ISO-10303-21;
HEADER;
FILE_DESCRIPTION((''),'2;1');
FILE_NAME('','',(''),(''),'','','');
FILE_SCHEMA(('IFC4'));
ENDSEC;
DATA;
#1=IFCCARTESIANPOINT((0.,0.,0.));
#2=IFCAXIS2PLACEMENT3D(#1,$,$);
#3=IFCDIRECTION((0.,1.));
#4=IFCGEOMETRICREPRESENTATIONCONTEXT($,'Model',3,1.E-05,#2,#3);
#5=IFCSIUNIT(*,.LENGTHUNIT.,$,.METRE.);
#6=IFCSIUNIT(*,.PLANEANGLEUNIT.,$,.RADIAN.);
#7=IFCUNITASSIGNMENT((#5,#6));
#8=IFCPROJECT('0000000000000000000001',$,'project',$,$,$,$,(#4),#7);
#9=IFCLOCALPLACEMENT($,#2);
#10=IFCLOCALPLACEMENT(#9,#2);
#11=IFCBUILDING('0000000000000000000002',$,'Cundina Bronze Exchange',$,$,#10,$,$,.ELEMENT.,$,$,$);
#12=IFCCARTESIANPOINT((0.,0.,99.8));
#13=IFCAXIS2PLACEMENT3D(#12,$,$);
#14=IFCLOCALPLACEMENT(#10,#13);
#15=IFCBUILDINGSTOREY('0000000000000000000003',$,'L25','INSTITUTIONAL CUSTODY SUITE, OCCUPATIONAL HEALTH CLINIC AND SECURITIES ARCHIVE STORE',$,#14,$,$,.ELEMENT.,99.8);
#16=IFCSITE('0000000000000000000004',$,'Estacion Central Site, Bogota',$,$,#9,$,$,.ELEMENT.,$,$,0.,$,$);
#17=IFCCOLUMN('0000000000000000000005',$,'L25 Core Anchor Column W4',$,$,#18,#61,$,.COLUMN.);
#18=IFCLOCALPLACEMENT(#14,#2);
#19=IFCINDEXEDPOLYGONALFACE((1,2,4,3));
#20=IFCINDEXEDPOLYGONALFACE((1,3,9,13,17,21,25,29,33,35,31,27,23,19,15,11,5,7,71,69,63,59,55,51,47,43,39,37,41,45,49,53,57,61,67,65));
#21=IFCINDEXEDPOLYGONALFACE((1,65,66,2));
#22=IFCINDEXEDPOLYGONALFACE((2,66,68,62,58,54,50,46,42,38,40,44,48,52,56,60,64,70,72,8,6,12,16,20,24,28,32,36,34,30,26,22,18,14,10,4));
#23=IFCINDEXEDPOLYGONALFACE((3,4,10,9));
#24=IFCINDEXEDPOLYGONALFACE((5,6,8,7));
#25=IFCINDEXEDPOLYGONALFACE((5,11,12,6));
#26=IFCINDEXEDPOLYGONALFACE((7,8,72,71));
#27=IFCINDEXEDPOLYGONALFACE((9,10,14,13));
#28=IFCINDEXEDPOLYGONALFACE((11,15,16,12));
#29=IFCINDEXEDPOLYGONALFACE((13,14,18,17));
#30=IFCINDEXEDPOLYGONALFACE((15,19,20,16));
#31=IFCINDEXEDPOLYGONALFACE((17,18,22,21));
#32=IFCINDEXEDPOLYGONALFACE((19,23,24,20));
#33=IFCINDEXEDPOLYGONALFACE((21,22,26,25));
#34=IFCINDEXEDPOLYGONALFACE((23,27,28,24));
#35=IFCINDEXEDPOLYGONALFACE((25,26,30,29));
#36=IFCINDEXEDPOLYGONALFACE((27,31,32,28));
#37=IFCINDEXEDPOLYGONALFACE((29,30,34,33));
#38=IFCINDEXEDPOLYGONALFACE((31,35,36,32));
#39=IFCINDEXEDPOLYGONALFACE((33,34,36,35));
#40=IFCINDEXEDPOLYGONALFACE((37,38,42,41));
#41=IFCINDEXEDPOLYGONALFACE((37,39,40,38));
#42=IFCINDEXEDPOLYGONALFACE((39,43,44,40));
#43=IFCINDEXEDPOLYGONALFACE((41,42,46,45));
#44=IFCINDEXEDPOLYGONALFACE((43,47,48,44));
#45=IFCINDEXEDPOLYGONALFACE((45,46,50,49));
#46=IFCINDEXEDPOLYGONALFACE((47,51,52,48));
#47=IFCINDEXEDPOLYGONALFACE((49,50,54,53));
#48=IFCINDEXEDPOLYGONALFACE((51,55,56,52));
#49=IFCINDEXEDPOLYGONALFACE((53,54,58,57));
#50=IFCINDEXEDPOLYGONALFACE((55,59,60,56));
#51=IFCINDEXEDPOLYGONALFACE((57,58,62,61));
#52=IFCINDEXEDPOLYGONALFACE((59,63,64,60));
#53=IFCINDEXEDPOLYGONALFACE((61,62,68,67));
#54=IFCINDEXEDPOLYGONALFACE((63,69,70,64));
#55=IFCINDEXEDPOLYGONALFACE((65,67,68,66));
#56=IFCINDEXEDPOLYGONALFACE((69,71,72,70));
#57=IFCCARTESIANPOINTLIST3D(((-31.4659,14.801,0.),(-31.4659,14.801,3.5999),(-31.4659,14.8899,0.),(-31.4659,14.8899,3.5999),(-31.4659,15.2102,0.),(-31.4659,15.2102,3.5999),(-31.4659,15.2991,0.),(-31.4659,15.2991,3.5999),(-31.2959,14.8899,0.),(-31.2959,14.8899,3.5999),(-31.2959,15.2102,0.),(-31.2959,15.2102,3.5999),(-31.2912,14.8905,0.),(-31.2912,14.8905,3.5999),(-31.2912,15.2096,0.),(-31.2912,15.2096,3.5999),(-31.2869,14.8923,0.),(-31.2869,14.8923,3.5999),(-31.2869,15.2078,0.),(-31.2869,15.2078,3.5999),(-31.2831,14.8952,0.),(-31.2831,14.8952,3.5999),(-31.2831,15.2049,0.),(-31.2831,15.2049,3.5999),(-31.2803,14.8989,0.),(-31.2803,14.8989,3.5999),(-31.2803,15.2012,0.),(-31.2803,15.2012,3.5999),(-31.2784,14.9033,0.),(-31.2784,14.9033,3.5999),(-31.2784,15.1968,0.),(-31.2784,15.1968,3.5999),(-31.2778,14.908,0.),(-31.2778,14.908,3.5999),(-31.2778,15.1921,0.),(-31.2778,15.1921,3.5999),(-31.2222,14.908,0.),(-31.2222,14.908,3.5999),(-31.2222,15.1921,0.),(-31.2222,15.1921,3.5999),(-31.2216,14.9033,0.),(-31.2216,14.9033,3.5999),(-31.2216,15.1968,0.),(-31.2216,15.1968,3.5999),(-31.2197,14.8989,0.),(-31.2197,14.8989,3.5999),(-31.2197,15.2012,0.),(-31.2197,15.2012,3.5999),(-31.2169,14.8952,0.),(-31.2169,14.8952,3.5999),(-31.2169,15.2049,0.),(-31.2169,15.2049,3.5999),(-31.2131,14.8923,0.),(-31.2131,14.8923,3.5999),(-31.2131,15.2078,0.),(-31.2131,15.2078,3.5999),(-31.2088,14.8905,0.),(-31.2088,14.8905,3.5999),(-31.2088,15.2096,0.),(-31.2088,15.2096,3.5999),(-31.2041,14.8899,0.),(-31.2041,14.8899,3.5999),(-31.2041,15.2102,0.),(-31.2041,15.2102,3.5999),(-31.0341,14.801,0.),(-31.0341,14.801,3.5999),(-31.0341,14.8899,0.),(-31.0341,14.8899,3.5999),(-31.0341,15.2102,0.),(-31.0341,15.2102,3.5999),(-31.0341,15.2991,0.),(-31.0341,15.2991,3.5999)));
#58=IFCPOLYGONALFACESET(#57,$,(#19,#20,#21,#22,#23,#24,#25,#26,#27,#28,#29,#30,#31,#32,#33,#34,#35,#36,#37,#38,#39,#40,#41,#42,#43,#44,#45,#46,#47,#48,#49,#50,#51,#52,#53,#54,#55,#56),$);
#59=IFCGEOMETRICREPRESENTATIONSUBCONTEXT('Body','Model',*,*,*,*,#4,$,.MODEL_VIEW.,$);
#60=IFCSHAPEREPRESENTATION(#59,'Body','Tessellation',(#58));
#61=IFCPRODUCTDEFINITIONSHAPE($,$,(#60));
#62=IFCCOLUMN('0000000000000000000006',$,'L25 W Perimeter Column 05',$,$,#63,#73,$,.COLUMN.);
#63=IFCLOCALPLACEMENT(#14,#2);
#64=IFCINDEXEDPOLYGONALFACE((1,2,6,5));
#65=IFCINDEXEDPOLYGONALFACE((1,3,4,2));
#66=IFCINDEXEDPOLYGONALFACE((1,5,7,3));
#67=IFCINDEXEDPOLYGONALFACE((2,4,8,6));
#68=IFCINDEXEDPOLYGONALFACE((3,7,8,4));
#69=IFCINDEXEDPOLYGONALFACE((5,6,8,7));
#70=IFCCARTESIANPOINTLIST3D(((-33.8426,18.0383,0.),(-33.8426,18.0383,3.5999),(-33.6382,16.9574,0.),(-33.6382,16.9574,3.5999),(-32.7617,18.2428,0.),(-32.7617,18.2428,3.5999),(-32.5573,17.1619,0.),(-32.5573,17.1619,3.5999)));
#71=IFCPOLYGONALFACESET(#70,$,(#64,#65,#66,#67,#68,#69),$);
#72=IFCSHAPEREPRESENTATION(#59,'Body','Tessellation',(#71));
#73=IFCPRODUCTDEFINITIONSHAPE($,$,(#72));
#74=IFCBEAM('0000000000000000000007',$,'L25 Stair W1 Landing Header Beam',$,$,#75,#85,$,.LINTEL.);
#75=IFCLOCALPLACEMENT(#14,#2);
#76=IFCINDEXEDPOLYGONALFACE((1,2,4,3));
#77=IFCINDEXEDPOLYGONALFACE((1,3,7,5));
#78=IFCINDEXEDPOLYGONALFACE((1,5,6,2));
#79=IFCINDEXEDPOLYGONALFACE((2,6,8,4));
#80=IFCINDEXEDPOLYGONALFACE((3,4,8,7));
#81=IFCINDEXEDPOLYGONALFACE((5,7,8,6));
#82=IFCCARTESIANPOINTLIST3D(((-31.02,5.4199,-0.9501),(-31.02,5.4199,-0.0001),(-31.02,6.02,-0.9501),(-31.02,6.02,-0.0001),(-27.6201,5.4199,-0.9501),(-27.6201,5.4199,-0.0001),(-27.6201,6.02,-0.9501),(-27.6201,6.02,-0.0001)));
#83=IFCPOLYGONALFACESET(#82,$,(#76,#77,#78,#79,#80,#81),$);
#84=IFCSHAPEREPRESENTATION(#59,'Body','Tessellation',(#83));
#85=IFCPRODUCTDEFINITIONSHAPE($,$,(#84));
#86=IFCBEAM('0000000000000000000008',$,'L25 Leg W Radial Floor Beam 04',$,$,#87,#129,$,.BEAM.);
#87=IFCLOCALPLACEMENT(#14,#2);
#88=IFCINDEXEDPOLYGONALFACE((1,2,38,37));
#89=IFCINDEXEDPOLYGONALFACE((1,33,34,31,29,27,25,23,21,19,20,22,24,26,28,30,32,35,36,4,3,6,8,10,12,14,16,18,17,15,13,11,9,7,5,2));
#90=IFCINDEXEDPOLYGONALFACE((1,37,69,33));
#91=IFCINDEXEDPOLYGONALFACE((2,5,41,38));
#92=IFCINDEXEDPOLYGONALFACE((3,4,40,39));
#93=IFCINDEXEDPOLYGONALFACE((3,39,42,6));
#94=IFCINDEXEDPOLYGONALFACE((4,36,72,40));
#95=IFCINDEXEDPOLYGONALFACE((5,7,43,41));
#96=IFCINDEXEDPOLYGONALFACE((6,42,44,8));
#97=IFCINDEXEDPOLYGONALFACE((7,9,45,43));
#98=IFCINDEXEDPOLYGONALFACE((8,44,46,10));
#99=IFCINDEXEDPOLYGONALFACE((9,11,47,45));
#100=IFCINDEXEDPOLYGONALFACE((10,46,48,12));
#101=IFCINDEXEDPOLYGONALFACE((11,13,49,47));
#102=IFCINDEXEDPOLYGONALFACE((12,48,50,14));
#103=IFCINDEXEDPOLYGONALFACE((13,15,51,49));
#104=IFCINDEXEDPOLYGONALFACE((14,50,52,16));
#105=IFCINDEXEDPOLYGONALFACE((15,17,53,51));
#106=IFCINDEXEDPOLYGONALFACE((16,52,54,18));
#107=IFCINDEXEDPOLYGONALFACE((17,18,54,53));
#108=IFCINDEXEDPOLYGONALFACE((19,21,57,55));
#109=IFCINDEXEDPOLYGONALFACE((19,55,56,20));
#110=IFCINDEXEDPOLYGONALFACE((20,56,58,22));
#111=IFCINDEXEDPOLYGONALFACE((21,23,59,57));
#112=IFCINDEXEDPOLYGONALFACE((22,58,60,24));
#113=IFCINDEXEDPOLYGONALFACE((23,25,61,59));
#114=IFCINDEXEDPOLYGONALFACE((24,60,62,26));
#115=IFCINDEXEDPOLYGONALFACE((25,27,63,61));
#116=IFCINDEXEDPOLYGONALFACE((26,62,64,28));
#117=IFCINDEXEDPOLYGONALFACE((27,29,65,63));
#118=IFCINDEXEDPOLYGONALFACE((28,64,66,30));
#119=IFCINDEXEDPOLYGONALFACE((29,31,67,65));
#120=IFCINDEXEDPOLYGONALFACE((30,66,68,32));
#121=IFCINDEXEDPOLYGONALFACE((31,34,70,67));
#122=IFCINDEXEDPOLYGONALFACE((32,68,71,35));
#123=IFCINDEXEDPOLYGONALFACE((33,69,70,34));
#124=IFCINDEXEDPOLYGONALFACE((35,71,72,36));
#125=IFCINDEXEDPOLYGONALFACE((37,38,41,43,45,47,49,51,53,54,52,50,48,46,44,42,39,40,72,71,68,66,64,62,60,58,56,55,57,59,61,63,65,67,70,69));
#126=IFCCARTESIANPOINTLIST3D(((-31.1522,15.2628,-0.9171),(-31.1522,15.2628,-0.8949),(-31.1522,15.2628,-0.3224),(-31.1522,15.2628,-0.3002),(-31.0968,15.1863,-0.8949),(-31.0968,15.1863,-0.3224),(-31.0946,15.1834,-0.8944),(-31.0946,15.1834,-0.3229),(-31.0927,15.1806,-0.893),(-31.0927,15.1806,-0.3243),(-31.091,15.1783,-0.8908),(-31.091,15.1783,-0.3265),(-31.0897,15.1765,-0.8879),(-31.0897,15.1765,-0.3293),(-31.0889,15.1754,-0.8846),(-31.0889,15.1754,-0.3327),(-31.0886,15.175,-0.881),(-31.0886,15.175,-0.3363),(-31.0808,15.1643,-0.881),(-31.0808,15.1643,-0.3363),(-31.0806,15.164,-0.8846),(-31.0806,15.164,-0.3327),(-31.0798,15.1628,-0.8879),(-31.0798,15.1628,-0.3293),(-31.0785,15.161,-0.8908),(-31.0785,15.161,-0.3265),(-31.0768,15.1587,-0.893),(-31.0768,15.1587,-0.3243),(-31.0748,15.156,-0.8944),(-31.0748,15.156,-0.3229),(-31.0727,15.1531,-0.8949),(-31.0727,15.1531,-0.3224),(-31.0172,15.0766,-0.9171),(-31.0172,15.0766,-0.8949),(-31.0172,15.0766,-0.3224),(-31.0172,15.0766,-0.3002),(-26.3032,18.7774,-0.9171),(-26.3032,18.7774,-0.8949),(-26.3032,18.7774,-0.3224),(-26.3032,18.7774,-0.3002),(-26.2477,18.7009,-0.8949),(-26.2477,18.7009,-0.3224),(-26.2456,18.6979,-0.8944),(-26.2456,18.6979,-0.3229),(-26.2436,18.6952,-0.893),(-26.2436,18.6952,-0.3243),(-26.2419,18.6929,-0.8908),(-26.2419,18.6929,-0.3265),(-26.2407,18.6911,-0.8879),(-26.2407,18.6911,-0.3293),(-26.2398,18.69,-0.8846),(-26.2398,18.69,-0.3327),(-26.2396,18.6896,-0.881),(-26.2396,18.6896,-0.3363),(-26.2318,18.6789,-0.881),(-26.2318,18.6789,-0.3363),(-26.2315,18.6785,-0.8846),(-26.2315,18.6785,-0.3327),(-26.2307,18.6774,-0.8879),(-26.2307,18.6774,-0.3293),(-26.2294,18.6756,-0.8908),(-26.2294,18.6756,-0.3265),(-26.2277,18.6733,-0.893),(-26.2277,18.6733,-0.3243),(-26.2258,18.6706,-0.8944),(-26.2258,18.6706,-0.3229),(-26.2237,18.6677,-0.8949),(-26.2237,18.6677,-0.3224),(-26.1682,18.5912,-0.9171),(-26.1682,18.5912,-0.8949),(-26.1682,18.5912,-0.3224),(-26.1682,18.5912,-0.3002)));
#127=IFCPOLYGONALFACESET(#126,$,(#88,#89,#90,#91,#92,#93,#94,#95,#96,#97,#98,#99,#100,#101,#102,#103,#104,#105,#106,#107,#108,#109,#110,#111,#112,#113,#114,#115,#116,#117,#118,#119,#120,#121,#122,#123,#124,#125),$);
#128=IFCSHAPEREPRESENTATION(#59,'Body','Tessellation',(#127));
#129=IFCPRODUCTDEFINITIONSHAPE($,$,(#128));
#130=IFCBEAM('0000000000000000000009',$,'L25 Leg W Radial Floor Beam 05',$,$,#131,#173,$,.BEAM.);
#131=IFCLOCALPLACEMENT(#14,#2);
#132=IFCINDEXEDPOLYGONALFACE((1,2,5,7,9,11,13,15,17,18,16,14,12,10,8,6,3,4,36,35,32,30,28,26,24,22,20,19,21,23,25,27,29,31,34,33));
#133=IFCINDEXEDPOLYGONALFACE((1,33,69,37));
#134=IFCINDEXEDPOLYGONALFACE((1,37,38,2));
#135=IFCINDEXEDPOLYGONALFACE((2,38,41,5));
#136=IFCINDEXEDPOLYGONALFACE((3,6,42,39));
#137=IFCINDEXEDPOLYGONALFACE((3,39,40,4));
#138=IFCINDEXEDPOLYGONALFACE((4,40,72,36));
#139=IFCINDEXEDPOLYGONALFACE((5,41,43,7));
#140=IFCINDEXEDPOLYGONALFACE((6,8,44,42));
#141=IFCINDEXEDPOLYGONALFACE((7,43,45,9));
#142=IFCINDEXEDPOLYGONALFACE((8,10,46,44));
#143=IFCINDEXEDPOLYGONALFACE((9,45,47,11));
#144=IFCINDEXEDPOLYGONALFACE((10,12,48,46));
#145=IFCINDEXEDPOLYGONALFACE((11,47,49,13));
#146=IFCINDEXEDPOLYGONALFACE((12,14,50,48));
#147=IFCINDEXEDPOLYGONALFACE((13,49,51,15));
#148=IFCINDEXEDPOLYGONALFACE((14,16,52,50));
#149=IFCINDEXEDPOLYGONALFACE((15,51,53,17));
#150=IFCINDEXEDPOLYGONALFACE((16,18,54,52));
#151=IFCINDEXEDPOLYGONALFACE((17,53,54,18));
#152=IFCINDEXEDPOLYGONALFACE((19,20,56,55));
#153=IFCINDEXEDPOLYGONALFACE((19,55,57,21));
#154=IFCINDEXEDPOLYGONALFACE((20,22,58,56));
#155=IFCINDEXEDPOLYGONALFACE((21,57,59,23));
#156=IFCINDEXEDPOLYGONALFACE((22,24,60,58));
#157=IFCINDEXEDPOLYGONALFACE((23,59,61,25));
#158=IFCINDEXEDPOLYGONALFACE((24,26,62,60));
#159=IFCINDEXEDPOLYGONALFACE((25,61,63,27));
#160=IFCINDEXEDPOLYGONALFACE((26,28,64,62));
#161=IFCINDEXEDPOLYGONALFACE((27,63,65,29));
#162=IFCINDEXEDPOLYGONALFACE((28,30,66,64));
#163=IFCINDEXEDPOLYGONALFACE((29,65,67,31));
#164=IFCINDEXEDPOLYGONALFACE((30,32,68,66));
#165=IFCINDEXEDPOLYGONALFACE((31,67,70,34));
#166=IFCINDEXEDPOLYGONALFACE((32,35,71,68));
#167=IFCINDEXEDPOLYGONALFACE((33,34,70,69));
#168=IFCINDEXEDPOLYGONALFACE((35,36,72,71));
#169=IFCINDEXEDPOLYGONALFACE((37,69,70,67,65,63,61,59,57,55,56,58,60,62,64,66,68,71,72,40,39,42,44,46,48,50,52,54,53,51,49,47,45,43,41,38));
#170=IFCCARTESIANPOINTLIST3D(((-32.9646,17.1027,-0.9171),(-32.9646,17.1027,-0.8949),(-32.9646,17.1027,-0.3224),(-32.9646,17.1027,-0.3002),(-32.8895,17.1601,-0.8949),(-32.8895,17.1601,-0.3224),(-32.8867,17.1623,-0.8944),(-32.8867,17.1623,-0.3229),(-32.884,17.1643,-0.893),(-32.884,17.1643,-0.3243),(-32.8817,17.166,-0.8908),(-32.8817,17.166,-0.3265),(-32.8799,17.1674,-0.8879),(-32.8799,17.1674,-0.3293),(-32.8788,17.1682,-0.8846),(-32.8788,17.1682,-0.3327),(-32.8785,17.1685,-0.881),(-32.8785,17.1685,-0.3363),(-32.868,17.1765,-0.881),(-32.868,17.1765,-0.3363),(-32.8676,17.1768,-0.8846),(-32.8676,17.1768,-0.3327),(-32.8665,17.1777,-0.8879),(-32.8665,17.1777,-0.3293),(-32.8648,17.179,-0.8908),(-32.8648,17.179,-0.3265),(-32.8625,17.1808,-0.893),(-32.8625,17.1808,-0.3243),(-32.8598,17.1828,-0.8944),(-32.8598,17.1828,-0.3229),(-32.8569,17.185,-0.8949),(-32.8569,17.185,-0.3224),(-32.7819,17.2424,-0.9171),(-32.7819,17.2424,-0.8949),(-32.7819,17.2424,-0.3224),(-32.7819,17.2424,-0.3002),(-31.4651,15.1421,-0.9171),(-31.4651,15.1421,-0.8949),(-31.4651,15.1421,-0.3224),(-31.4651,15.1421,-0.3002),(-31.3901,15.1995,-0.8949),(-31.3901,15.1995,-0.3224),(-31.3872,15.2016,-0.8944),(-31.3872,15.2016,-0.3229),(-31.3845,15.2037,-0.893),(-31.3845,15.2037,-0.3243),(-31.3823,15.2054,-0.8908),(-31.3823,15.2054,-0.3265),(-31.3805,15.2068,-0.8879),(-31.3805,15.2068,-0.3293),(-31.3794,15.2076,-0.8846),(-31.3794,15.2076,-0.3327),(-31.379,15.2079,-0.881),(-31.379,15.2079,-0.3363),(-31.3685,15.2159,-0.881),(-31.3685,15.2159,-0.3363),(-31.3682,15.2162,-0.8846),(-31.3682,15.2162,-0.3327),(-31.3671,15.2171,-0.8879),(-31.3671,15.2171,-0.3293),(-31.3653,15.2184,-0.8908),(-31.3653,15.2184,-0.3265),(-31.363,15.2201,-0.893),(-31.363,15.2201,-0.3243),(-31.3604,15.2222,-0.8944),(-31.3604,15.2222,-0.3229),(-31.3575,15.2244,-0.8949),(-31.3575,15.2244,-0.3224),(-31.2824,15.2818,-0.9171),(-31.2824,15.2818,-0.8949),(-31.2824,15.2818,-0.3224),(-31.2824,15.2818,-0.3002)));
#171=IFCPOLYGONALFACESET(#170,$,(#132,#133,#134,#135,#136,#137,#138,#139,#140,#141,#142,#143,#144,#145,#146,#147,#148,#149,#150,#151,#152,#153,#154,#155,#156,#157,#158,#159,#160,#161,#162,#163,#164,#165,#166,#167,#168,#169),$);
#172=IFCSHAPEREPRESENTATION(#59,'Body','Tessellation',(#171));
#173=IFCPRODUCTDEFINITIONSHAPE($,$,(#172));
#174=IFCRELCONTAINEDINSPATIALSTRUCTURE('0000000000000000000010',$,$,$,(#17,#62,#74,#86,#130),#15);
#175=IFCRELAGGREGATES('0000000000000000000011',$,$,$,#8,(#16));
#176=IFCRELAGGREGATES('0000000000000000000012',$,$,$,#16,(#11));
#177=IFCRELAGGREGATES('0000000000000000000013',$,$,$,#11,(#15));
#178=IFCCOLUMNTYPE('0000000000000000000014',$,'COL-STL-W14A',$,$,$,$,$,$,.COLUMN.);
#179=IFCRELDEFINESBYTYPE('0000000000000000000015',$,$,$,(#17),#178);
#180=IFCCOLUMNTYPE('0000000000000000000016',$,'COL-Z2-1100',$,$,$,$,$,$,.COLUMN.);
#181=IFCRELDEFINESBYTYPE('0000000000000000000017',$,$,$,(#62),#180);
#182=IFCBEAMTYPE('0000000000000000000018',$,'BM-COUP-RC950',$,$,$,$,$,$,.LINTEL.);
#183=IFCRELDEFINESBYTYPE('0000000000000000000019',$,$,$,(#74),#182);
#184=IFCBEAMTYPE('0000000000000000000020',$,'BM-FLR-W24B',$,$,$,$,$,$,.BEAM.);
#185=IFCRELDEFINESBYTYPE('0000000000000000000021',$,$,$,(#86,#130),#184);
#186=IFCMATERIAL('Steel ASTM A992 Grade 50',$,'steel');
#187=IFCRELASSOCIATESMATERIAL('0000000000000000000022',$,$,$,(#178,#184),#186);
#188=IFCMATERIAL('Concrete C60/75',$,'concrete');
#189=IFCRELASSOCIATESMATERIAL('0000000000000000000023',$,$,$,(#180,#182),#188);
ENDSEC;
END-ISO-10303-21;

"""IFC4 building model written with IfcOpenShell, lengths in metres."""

from ifc_helpers import new_model, si_unit, direction, frame, origin, origin_2d, place, context, subcontext, project, spatial, rectangle, i_section, extrude, material, material_profile, profile_set, type_object, element, save


model = new_model("IFC4")

# Units and contexts
model_context = context("Model", 3, precision=1e-05, world=origin(), true_north=direction((0.0, 1.0)))
body_context = subcontext(model_context, "Body", "Model", "MODEL_VIEW")
ifc_project = project(units=[si_unit("LENGTHUNIT", "METRE"), si_unit("PLANEANGLEUNIT", "RADIAN")], contexts=[model_context])

# Site, building, storey
site_placement = place(None, origin())
site = spatial("IfcSite", under=ifc_project, at=site_placement, Name="Estacion Central Site, Bogota", CompositionType="ELEMENT", RefElevation=0.0)
building_placement = place(site_placement, origin())
building = spatial("IfcBuilding", under=site, at=building_placement, Name="Cundina Bronze Exchange", CompositionType="ELEMENT")
storey_placement = place(building_placement, frame((0.0, 0.0, 99.8)))
storey = spatial("IfcBuildingStorey", under=building, at=storey_placement, Name="L25", Description="INSTITUTIONAL CUSTODY SUITE, OCCUPATIONAL HEALTH CLINIC AND SECURITIES ARCHIVE STORE", CompositionType="ELEMENT", Elevation=99.8)

# Columns
ifc_material_1 = material(Name="Steel ASTM A992 Grade 50", Category="steel")
ifc_material_profile_1 = material_profile(ifc_material_1, i_section(OverallWidth=0.4319, OverallDepth=0.498, WebThickness=0.0557, FlangeThickness=0.0889, FilletRadius=0.0181, at=origin_2d()), Name="W14X500", Category="steel")
ifc_profile_set_1 = profile_set([ifc_material_profile_1], Name="Steel ASTM A992 Grade 50")
column_type_1 = type_object("IfcColumnType", Name="COL-STL-W14A", PredefinedType="COLUMN", material=ifc_profile_set_1)
column_1_placement = place(storey_placement, frame((-31.25, 15.05, 0.0), z_axis=(0.0, 0.0, 1.0), x_axis=(1.0, 0.0, 0.0)))
element("IfcColumn", 1, at=column_1_placement, inside=storey, type_object=column_type_1, Name="L25 Core Anchor Column W4", PredefinedType="COLUMN", context=body_context, shape_type="SweptSolid", body=[
    extrude(i_section(OverallWidth=0.4319, OverallDepth=0.498, WebThickness=0.0557, FlangeThickness=0.0889, FilletRadius=0.0181, at=origin_2d()), origin(), (0.0, 0.0, 1.0), 3.5999),
])
ifc_material_2 = material(Name="Concrete C60/75", Category="concrete")
ifc_material_profile_2 = material_profile(ifc_material_2, rectangle(XDim=1.1001, YDim=1.1001, at=origin_2d()), Name="RC1100X1100", Category="concrete")
ifc_profile_set_2 = profile_set([ifc_material_profile_2], Name="Concrete C60/75")
column_type_2 = type_object("IfcColumnType", Name="COL-Z2-1100", PredefinedType="COLUMN", material=ifc_profile_set_2)
column_2_placement = place(storey_placement, frame((-33.2, 17.6001, 0.0), z_axis=(0.0, 0.0, 1.0), x_axis=(-0.98258, -0.185838, 0.0)))
element("IfcColumn", 2, at=column_2_placement, inside=storey, type_object=column_type_2, Name="L25 W Perimeter Column 05", PredefinedType="COLUMN", context=body_context, shape_type="SweptSolid", body=[
    extrude(rectangle(XDim=1.1001, YDim=1.1001, at=origin_2d()), origin(), (0.0, 0.0, 1.0), 3.5999),
])

# Beams
ifc_material_profile_3 = material_profile(ifc_material_2, rectangle(XDim=0.6001, YDim=0.95, at=origin_2d()), Name="RC600X950", Category="concrete")
ifc_profile_set_3 = profile_set([ifc_material_profile_3], Name="Concrete C60/75")
beam_type_1 = type_object("IfcBeamType", Name="BM-COUP-RC950", PredefinedType="LINTEL", material=ifc_profile_set_3)
beam_1_placement = place(storey_placement, frame((-31.02, 5.72, -0.4751), z_axis=(1.0, 0.0, 0.0), x_axis=(0.0, 1.0, 0.0)))
element("IfcBeam", 3, at=beam_1_placement, inside=storey, type_object=beam_type_1, Name="L25 Stair W1 Landing Header Beam", PredefinedType="LINTEL", context=body_context, shape_type="SweptSolid", body=[
    extrude(rectangle(XDim=0.6001, YDim=0.95, at=origin_2d()), origin(), (0.0, 0.0, 1.0), 3.3999),
])
ifc_material_profile_4 = material_profile(ifc_material_1, i_section(OverallWidth=0.23, OverallDepth=0.6169, WebThickness=0.0132, FlangeThickness=0.0222, FilletRadius=0.0139, at=origin_2d()), Name="W24X94", Category="steel")
ifc_profile_set_4 = profile_set([ifc_material_profile_4], Name="Steel ASTM A992 Grade 50")
beam_type_2 = type_object("IfcBeamType", Name="BM-FLR-W24B", PredefinedType="BEAM", material=ifc_profile_set_4)
beam_2_placement = place(storey_placement, frame((-31.0847, 15.1697, -0.6086), z_axis=(0.809687, 0.586862, 0.0), x_axis=(-0.586862, 0.809687, 0.0)))
element("IfcBeam", 4, at=beam_2_placement, inside=storey, type_object=beam_type_2, Name="L25 Leg W Radial Floor Beam 04", PredefinedType="BEAM", context=body_context, shape_type="SweptSolid", body=[
    extrude(i_section(OverallWidth=0.23, OverallDepth=0.6169, WebThickness=0.0132, FlangeThickness=0.0222, FilletRadius=0.0139, at=origin_2d()), origin(), (0.0, 0.0, 1.0), 5.9888),
])
beam_3_placement = place(storey_placement, frame((-31.3738, 15.2119, -0.6086), z_axis=(-0.60749, 0.794327, 0.0), x_axis=(-0.794327, -0.60749, 0.0)))
element("IfcBeam", 5, at=beam_3_placement, inside=storey, type_object=beam_type_2, Name="L25 Leg W Radial Floor Beam 05", PredefinedType="BEAM", context=body_context, shape_type="SweptSolid", body=[
    extrude(i_section(OverallWidth=0.23, OverallDepth=0.6169, WebThickness=0.0132, FlangeThickness=0.0222, FilletRadius=0.0139, at=origin_2d()), origin(), (0.0, 0.0, 1.0), 2.4683),
])

save(model, "model.ifc")
